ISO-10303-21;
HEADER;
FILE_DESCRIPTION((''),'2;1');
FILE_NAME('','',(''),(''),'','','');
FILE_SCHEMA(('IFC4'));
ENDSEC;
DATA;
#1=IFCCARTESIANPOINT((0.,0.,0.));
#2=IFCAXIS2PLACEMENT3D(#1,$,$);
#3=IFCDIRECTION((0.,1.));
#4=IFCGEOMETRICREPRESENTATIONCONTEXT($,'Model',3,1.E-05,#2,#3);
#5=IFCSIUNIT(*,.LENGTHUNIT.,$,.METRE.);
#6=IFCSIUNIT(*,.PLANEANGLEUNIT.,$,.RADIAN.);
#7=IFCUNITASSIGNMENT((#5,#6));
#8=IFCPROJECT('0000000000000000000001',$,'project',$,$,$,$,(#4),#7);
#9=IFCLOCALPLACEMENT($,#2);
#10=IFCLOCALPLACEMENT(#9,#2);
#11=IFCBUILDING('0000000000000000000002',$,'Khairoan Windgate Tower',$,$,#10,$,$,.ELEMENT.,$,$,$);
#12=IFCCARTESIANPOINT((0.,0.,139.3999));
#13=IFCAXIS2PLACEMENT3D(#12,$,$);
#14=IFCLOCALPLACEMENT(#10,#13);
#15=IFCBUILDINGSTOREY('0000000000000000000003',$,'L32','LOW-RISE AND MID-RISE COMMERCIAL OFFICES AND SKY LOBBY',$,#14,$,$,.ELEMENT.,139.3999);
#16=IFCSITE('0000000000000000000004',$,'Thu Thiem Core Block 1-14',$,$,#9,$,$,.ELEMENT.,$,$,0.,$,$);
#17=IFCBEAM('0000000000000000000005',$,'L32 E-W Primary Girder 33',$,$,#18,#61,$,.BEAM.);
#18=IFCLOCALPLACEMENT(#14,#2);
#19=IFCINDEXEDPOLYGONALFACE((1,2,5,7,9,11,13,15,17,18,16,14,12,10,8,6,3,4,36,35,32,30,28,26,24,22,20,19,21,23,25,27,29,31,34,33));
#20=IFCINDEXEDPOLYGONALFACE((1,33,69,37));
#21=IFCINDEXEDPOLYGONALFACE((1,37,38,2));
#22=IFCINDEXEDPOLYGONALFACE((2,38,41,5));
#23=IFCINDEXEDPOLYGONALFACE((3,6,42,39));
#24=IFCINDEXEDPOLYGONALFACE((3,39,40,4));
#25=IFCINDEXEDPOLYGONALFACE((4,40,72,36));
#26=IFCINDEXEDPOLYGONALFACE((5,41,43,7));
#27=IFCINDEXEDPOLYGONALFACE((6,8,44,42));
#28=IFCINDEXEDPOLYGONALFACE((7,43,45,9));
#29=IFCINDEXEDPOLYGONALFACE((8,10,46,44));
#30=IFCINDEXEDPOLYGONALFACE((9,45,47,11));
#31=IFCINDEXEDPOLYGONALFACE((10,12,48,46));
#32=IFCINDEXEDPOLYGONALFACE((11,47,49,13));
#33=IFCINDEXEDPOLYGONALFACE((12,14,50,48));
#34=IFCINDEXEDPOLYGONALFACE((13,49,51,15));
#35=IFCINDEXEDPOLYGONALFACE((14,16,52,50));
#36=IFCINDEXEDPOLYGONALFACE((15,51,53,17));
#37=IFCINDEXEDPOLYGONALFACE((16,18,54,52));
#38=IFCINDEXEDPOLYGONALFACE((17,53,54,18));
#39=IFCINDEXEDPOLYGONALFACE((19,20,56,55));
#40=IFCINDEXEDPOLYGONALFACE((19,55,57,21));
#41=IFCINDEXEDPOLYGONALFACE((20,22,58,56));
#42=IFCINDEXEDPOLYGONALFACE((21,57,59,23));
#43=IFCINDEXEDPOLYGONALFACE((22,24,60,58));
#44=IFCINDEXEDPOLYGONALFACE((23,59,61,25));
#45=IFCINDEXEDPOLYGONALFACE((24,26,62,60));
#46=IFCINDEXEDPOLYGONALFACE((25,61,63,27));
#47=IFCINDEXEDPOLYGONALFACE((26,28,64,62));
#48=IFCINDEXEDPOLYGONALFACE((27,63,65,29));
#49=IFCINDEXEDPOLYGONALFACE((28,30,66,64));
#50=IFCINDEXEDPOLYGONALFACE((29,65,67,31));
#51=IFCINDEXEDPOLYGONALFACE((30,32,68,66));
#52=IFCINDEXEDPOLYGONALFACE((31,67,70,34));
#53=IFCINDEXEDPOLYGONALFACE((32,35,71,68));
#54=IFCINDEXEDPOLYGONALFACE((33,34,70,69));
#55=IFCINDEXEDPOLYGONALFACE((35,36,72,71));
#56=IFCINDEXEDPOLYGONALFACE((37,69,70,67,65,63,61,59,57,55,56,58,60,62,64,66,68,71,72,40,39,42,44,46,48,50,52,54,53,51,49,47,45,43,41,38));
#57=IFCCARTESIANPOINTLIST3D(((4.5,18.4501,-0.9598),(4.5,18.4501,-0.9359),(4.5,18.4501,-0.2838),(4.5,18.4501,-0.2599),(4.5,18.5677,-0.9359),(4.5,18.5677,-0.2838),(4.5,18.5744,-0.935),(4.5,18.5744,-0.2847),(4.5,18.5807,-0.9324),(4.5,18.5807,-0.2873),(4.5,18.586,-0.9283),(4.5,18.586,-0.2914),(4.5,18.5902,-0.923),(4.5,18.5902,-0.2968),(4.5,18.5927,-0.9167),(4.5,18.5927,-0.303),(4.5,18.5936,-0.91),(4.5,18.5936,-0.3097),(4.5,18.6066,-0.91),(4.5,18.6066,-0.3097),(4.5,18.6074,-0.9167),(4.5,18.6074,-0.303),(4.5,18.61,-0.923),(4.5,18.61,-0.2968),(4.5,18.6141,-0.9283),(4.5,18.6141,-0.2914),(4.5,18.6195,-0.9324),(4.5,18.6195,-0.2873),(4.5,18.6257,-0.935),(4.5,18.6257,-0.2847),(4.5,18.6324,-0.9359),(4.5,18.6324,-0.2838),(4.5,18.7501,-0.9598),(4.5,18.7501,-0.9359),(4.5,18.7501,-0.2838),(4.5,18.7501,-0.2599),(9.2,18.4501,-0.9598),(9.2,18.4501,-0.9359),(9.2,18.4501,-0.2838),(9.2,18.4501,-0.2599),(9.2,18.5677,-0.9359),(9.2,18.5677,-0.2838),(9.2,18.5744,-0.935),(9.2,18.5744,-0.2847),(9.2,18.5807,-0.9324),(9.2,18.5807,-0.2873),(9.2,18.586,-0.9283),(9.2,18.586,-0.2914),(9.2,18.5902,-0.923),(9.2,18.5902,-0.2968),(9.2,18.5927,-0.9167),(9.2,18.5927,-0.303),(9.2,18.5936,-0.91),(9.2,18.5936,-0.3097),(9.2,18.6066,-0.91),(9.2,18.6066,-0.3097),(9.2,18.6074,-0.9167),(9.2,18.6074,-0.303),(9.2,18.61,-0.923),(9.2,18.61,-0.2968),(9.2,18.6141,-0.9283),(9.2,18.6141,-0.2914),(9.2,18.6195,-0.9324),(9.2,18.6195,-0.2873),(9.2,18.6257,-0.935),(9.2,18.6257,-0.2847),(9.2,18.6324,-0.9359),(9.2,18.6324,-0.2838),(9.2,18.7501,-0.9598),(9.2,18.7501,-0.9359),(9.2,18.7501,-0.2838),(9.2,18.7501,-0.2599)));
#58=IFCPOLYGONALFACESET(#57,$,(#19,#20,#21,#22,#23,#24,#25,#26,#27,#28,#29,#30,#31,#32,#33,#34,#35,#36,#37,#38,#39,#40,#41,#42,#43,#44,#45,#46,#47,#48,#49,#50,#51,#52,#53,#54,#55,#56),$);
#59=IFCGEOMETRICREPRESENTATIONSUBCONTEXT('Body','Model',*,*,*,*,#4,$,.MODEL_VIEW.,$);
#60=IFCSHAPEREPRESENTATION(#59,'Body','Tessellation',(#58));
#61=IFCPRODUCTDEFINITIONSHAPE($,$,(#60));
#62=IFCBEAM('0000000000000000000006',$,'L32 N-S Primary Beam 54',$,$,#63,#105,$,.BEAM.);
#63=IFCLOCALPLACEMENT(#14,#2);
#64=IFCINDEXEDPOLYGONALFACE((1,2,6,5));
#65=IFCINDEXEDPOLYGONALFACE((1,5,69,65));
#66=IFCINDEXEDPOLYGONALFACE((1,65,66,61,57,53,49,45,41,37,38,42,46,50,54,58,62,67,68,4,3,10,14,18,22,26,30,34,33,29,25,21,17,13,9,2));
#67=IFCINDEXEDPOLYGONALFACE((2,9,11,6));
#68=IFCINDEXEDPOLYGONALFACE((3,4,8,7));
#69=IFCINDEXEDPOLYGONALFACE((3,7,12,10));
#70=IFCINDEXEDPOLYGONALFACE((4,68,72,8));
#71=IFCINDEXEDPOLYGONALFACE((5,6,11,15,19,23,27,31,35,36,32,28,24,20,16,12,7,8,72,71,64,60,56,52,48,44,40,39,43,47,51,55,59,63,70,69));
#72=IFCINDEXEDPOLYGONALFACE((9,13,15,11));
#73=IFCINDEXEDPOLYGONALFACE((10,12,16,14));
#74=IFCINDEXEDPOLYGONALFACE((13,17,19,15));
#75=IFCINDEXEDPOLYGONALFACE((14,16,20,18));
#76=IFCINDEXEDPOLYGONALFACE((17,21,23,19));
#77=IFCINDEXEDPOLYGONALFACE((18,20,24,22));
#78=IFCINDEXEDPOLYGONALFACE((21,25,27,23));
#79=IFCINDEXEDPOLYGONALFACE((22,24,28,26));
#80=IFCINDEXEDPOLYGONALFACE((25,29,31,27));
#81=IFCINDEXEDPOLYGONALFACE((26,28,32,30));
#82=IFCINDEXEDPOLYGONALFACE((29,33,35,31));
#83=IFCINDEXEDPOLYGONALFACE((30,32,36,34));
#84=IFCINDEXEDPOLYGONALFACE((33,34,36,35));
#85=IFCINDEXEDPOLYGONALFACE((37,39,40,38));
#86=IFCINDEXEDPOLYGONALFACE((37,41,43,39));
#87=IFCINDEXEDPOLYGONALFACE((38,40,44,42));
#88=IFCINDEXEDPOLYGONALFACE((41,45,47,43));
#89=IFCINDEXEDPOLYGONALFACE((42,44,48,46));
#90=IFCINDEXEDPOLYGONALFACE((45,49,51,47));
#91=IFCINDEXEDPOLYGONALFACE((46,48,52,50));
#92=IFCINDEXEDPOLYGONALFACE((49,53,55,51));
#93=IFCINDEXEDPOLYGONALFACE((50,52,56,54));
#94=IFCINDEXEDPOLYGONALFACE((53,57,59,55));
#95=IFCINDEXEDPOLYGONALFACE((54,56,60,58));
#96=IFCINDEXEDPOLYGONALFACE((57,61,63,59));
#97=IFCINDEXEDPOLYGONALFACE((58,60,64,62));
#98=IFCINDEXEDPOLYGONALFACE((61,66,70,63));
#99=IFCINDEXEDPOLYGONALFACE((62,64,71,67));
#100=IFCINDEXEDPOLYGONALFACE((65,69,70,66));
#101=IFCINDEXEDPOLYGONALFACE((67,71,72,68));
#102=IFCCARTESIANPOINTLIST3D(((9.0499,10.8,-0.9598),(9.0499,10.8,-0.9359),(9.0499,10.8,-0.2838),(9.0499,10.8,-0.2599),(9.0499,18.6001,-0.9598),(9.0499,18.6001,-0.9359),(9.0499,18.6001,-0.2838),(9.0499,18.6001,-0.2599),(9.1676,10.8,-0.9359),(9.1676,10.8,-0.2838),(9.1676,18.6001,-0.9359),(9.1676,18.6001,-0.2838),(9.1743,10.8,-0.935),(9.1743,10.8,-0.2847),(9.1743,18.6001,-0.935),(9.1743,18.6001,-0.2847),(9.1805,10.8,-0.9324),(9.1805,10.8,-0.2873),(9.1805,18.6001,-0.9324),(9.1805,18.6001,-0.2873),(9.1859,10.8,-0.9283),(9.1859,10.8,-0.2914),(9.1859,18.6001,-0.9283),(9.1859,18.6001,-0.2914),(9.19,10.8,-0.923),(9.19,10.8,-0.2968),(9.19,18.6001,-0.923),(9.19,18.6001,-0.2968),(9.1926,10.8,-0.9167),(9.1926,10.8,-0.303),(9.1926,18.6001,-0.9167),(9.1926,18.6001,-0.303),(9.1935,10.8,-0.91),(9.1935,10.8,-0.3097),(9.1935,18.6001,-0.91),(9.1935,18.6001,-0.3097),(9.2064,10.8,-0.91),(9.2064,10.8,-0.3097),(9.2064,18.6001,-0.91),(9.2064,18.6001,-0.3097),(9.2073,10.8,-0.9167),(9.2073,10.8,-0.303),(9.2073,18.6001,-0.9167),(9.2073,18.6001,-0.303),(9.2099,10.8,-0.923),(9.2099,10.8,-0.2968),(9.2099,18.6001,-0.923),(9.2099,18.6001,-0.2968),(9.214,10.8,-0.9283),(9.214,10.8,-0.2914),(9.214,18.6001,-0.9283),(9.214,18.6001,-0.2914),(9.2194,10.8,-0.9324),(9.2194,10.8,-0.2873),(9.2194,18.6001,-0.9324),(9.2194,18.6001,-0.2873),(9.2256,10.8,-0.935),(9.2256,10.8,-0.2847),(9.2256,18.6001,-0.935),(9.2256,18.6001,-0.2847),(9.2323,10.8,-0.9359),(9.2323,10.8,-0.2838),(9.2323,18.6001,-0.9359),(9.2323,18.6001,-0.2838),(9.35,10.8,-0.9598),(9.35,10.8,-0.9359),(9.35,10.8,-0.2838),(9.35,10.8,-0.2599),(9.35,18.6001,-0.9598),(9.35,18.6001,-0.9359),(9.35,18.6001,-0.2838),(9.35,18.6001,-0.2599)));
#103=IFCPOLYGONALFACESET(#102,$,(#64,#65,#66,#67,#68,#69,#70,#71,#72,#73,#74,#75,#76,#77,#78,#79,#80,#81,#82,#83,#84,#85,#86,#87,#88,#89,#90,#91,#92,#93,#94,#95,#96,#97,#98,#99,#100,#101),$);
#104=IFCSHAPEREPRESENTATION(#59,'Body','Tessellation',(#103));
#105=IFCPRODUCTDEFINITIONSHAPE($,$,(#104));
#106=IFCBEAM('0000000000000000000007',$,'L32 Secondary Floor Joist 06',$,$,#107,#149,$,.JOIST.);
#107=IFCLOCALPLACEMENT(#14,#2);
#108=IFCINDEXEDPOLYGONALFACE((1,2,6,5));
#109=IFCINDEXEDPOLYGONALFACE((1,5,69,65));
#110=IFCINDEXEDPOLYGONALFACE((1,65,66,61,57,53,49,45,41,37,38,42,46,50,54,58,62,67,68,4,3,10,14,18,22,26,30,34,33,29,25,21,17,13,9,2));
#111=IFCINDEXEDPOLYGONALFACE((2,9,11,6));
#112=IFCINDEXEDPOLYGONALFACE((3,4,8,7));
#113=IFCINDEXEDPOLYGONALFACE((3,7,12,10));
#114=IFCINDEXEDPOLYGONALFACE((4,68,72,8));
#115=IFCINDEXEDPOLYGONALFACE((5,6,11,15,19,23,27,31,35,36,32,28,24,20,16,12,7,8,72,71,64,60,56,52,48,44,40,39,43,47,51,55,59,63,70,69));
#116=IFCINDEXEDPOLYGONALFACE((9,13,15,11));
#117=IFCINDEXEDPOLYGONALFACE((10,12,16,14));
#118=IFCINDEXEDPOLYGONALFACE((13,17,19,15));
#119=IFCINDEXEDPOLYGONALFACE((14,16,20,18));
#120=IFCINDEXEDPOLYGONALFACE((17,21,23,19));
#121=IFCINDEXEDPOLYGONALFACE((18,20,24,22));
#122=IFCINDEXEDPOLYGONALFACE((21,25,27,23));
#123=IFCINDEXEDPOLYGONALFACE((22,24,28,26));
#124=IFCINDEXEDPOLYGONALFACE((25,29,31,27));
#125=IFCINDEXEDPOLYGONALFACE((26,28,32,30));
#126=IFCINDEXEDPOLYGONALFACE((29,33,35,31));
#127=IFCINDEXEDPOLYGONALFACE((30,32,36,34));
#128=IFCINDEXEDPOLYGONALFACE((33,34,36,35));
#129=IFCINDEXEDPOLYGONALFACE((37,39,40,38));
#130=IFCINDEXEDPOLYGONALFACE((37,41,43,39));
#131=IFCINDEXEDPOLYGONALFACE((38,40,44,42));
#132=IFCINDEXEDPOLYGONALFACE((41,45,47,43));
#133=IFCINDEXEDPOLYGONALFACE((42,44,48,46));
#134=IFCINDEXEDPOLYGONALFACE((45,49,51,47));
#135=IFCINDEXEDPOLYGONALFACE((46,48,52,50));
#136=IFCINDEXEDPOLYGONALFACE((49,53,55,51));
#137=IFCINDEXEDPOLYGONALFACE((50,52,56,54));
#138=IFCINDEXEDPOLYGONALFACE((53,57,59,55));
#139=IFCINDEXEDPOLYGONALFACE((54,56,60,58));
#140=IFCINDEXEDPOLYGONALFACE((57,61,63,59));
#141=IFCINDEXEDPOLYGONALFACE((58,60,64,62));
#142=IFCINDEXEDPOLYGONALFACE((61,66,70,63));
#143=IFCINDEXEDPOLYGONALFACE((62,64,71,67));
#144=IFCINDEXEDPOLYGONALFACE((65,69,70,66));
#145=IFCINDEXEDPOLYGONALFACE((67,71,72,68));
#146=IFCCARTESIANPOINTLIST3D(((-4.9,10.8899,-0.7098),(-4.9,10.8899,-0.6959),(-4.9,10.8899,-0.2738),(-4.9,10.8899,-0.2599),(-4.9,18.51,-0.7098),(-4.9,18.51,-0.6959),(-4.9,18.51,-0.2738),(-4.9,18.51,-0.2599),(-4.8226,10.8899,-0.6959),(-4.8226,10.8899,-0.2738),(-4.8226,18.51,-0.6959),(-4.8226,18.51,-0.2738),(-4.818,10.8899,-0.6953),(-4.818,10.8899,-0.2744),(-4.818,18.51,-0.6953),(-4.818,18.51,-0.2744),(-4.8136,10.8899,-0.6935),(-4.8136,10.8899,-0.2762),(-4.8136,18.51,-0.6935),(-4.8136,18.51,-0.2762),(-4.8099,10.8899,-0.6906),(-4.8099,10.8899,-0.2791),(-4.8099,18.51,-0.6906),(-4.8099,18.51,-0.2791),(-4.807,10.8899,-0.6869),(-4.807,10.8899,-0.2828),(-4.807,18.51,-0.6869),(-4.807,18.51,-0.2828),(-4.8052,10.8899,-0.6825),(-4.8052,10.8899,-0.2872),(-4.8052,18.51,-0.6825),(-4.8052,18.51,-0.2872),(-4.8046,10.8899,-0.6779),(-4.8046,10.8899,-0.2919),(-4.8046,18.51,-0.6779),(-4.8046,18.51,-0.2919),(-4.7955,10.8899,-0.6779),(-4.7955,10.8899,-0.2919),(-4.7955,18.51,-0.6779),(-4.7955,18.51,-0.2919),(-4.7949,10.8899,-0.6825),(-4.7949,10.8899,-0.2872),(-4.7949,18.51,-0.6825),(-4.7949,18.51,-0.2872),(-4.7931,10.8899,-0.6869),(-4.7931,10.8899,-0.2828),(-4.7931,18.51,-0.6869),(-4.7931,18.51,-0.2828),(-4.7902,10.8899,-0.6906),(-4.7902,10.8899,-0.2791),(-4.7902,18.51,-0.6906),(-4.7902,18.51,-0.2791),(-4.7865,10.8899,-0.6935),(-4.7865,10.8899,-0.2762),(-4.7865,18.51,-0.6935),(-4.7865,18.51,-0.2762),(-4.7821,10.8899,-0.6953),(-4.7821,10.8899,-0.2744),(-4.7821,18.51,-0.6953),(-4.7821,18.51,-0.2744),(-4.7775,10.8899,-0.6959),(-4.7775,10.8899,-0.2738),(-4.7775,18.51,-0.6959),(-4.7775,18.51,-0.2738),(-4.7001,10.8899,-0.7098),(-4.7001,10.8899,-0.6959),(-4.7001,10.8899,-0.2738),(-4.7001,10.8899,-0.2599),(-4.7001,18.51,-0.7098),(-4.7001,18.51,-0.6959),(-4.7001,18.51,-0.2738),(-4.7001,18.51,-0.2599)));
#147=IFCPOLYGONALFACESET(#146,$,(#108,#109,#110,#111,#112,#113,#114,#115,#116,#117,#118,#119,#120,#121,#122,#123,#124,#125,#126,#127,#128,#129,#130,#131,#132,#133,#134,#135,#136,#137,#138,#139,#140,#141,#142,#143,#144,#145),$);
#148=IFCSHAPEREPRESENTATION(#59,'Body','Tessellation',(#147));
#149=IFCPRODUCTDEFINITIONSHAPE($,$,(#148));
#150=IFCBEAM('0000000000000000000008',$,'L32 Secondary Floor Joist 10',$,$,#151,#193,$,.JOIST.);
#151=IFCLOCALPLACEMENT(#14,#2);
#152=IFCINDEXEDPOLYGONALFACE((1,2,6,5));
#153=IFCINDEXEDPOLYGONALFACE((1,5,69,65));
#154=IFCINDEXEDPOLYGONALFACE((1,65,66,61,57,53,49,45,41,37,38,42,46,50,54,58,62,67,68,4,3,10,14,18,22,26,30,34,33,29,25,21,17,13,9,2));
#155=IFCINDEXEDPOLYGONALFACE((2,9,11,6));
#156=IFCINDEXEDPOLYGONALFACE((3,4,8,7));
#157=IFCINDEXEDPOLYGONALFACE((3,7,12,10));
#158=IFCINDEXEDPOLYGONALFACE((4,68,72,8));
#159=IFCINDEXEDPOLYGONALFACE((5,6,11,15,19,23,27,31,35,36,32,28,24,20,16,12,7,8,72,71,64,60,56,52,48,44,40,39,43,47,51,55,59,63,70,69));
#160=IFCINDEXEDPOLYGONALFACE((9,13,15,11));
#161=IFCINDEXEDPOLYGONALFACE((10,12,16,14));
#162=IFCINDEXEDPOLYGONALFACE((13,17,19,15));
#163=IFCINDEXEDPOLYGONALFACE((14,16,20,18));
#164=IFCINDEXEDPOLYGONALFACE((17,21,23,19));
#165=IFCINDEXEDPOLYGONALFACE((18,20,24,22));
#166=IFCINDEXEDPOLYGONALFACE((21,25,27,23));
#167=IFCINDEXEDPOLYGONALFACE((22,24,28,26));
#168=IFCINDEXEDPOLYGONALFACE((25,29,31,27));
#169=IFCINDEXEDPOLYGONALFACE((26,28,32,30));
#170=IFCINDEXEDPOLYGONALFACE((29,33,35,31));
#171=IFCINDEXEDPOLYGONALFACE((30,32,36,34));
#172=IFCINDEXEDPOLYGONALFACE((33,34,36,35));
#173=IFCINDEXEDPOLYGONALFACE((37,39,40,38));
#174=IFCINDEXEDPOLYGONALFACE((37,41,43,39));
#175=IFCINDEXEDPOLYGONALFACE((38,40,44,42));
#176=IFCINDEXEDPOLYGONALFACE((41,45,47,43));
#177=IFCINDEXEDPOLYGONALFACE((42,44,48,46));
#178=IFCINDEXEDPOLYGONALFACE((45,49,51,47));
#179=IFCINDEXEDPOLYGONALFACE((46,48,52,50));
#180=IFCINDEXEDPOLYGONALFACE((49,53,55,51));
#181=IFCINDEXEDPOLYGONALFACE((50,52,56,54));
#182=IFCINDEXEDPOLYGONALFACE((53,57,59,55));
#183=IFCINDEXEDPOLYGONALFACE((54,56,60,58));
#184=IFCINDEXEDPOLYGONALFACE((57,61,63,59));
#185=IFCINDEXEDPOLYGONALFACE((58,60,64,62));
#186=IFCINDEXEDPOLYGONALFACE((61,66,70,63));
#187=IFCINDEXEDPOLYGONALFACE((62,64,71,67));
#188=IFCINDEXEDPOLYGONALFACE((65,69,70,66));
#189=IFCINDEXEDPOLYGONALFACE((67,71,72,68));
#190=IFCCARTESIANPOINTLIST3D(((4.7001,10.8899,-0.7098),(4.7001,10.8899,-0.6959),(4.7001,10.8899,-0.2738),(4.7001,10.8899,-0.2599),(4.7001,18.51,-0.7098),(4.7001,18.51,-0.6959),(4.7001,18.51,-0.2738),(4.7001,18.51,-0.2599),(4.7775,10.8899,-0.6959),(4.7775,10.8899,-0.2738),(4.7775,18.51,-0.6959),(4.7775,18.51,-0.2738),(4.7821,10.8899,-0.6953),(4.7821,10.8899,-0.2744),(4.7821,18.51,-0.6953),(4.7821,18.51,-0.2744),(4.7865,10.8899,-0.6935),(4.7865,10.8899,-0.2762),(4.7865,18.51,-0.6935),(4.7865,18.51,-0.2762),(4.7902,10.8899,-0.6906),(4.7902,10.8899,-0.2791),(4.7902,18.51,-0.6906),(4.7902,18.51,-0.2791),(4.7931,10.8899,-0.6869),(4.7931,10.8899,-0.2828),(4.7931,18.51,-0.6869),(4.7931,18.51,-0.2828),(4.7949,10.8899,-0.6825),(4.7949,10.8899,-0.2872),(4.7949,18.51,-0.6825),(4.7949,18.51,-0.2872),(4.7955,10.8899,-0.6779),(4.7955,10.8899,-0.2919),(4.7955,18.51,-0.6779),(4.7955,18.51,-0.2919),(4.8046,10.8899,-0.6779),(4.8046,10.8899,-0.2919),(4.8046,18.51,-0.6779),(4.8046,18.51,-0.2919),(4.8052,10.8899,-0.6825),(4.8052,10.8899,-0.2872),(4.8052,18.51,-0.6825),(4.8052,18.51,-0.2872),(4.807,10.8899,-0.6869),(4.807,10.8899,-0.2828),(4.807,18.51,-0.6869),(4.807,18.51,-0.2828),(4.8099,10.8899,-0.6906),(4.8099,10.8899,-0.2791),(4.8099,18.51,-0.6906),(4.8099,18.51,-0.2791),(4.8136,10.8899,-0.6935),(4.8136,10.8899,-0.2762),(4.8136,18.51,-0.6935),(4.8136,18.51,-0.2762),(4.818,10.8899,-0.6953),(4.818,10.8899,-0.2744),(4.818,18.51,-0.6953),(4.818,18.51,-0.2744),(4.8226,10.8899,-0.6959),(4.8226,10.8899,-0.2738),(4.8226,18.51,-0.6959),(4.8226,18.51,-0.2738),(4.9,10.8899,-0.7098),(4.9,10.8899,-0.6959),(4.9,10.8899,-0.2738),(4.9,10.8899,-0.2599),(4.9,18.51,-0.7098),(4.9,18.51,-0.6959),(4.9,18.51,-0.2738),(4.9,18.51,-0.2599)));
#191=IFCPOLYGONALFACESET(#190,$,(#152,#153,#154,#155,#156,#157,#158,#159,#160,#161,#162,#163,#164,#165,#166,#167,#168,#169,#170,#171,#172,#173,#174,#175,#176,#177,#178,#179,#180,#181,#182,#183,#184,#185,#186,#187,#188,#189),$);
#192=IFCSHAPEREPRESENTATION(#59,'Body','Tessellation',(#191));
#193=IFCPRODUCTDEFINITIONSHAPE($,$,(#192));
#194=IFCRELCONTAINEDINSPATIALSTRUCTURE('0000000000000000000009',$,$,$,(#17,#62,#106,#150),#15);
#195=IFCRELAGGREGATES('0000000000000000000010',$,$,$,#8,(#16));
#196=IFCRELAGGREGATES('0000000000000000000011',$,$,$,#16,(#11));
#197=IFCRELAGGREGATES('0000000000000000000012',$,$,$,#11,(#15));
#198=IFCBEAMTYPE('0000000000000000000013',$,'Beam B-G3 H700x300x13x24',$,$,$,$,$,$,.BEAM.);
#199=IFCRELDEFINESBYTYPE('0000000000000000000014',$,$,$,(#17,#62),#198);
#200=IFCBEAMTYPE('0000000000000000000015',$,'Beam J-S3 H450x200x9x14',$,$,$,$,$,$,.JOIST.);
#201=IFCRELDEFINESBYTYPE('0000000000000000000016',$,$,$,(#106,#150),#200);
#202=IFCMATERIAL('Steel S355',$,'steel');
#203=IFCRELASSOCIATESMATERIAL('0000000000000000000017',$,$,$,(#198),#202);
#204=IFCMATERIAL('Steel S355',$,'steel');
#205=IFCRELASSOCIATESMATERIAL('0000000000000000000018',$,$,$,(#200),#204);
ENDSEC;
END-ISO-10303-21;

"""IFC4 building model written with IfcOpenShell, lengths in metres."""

from ifc_helpers import new_model, si_unit, direction, frame, origin, origin_2d, place, context, subcontext, project, spatial, i_section, extrude, material, material_profile, profile_set, type_object, element, save


model = new_model("IFC4")

# Units and contexts
model_context = context("Model", 3, precision=1e-05, world=origin(), true_north=direction((0.0, 1.0)))
body_context = subcontext(model_context, "Body", "Model", "MODEL_VIEW")
ifc_project = project(units=[si_unit("LENGTHUNIT", "METRE"), si_unit("PLANEANGLEUNIT", "RADIAN")], contexts=[model_context])

# Site, building, storey
site_placement = place(None, origin())
site = spatial("IfcSite", under=ifc_project, at=site_placement, Name="Thu Thiem Core Block 1-14", CompositionType="ELEMENT", RefElevation=0.0)
building_placement = place(site_placement, origin())
building = spatial("IfcBuilding", under=site, at=building_placement, Name="Khairoan Windgate Tower", CompositionType="ELEMENT")
storey_placement = place(building_placement, frame((0.0, 0.0, 139.3999)))
storey = spatial("IfcBuildingStorey", under=building, at=storey_placement, Name="L32", Description="LOW-RISE AND MID-RISE COMMERCIAL OFFICES AND SKY LOBBY", CompositionType="ELEMENT", Elevation=139.3999)

# Beams
ifc_material_1 = material(Name="Steel S355", Category="steel")
ifc_material_profile_1 = material_profile(ifc_material_1, i_section(OverallWidth=0.3, OverallDepth=0.7, WebThickness=0.0129, FlangeThickness=0.0239, FilletRadius=0.0259, at=origin_2d()))
ifc_profile_set_1 = profile_set([ifc_material_profile_1], Name="Steel S355")
beam_type_1 = type_object("IfcBeamType", Name="Beam B-G3 H700x300x13x24", PredefinedType="BEAM", material=ifc_profile_set_1)
beam_1_placement = place(storey_placement, frame((4.5, 18.6001, -0.6099), z_axis=(1.0, 0.0, 0.0), x_axis=(0.0, 1.0, 0.0)))
element("IfcBeam", 1, at=beam_1_placement, inside=storey, type_object=beam_type_1, Name="L32 E-W Primary Girder 33", PredefinedType="BEAM", context=body_context, shape_type="SweptSolid", body=[
    extrude(i_section(OverallWidth=0.3, OverallDepth=0.7, WebThickness=0.0129, FlangeThickness=0.0239, FilletRadius=0.0259, at=origin_2d()), origin(), (0.0, 0.0, 1.0), 4.7),
])
beam_2_placement = place(storey_placement, frame((9.2, 10.8, -0.6099), z_axis=(0.0, 1.0, 0.0), x_axis=(-1.0, 0.0, 0.0)))
element("IfcBeam", 2, at=beam_2_placement, inside=storey, type_object=beam_type_1, Name="L32 N-S Primary Beam 54", PredefinedType="BEAM", context=body_context, shape_type="SweptSolid", body=[
    extrude(i_section(OverallWidth=0.3, OverallDepth=0.7, WebThickness=0.0129, FlangeThickness=0.0239, FilletRadius=0.0259, at=origin_2d()), origin(), (0.0, 0.0, 1.0), 7.8),
])
ifc_material_2 = material(Name="Steel S355", Category="steel")
ifc_material_profile_2 = material_profile(ifc_material_2, i_section(OverallWidth=0.2, OverallDepth=0.45, WebThickness=0.009, FlangeThickness=0.0139, FilletRadius=0.0181, at=origin_2d()))
ifc_profile_set_2 = profile_set([ifc_material_profile_2], Name="Steel S355")
beam_type_2 = type_object("IfcBeamType", Name="Beam J-S3 H450x200x9x14", PredefinedType="JOIST", material=ifc_profile_set_2)
for number, where, z_axis, x_axis, name in (
    (3, (-4.8, 10.8899, -0.4849), (0.0, 1.0, 0.0), (-1.0, 0.0, 0.0), "L32 Secondary Floor Joist 06"),
    (4, (4.8, 10.8899, -0.4849), (0.0, 1.0, 0.0), (-1.0, 0.0, 0.0), "L32 Secondary Floor Joist 10"),
):
    element("IfcBeam", number, at=place(storey_placement, frame(where, z_axis=z_axis, x_axis=x_axis)), inside=storey, type_object=beam_type_2, Name=name, PredefinedType="JOIST", context=body_context, shape_type="SweptSolid", body=[
        extrude(i_section(OverallWidth=0.2, OverallDepth=0.45, WebThickness=0.009, FlangeThickness=0.0139, FilletRadius=0.0181, at=origin_2d()), origin(), (0.0, 0.0, 1.0), 7.6201),
    ])

save(model, "model.ifc")
